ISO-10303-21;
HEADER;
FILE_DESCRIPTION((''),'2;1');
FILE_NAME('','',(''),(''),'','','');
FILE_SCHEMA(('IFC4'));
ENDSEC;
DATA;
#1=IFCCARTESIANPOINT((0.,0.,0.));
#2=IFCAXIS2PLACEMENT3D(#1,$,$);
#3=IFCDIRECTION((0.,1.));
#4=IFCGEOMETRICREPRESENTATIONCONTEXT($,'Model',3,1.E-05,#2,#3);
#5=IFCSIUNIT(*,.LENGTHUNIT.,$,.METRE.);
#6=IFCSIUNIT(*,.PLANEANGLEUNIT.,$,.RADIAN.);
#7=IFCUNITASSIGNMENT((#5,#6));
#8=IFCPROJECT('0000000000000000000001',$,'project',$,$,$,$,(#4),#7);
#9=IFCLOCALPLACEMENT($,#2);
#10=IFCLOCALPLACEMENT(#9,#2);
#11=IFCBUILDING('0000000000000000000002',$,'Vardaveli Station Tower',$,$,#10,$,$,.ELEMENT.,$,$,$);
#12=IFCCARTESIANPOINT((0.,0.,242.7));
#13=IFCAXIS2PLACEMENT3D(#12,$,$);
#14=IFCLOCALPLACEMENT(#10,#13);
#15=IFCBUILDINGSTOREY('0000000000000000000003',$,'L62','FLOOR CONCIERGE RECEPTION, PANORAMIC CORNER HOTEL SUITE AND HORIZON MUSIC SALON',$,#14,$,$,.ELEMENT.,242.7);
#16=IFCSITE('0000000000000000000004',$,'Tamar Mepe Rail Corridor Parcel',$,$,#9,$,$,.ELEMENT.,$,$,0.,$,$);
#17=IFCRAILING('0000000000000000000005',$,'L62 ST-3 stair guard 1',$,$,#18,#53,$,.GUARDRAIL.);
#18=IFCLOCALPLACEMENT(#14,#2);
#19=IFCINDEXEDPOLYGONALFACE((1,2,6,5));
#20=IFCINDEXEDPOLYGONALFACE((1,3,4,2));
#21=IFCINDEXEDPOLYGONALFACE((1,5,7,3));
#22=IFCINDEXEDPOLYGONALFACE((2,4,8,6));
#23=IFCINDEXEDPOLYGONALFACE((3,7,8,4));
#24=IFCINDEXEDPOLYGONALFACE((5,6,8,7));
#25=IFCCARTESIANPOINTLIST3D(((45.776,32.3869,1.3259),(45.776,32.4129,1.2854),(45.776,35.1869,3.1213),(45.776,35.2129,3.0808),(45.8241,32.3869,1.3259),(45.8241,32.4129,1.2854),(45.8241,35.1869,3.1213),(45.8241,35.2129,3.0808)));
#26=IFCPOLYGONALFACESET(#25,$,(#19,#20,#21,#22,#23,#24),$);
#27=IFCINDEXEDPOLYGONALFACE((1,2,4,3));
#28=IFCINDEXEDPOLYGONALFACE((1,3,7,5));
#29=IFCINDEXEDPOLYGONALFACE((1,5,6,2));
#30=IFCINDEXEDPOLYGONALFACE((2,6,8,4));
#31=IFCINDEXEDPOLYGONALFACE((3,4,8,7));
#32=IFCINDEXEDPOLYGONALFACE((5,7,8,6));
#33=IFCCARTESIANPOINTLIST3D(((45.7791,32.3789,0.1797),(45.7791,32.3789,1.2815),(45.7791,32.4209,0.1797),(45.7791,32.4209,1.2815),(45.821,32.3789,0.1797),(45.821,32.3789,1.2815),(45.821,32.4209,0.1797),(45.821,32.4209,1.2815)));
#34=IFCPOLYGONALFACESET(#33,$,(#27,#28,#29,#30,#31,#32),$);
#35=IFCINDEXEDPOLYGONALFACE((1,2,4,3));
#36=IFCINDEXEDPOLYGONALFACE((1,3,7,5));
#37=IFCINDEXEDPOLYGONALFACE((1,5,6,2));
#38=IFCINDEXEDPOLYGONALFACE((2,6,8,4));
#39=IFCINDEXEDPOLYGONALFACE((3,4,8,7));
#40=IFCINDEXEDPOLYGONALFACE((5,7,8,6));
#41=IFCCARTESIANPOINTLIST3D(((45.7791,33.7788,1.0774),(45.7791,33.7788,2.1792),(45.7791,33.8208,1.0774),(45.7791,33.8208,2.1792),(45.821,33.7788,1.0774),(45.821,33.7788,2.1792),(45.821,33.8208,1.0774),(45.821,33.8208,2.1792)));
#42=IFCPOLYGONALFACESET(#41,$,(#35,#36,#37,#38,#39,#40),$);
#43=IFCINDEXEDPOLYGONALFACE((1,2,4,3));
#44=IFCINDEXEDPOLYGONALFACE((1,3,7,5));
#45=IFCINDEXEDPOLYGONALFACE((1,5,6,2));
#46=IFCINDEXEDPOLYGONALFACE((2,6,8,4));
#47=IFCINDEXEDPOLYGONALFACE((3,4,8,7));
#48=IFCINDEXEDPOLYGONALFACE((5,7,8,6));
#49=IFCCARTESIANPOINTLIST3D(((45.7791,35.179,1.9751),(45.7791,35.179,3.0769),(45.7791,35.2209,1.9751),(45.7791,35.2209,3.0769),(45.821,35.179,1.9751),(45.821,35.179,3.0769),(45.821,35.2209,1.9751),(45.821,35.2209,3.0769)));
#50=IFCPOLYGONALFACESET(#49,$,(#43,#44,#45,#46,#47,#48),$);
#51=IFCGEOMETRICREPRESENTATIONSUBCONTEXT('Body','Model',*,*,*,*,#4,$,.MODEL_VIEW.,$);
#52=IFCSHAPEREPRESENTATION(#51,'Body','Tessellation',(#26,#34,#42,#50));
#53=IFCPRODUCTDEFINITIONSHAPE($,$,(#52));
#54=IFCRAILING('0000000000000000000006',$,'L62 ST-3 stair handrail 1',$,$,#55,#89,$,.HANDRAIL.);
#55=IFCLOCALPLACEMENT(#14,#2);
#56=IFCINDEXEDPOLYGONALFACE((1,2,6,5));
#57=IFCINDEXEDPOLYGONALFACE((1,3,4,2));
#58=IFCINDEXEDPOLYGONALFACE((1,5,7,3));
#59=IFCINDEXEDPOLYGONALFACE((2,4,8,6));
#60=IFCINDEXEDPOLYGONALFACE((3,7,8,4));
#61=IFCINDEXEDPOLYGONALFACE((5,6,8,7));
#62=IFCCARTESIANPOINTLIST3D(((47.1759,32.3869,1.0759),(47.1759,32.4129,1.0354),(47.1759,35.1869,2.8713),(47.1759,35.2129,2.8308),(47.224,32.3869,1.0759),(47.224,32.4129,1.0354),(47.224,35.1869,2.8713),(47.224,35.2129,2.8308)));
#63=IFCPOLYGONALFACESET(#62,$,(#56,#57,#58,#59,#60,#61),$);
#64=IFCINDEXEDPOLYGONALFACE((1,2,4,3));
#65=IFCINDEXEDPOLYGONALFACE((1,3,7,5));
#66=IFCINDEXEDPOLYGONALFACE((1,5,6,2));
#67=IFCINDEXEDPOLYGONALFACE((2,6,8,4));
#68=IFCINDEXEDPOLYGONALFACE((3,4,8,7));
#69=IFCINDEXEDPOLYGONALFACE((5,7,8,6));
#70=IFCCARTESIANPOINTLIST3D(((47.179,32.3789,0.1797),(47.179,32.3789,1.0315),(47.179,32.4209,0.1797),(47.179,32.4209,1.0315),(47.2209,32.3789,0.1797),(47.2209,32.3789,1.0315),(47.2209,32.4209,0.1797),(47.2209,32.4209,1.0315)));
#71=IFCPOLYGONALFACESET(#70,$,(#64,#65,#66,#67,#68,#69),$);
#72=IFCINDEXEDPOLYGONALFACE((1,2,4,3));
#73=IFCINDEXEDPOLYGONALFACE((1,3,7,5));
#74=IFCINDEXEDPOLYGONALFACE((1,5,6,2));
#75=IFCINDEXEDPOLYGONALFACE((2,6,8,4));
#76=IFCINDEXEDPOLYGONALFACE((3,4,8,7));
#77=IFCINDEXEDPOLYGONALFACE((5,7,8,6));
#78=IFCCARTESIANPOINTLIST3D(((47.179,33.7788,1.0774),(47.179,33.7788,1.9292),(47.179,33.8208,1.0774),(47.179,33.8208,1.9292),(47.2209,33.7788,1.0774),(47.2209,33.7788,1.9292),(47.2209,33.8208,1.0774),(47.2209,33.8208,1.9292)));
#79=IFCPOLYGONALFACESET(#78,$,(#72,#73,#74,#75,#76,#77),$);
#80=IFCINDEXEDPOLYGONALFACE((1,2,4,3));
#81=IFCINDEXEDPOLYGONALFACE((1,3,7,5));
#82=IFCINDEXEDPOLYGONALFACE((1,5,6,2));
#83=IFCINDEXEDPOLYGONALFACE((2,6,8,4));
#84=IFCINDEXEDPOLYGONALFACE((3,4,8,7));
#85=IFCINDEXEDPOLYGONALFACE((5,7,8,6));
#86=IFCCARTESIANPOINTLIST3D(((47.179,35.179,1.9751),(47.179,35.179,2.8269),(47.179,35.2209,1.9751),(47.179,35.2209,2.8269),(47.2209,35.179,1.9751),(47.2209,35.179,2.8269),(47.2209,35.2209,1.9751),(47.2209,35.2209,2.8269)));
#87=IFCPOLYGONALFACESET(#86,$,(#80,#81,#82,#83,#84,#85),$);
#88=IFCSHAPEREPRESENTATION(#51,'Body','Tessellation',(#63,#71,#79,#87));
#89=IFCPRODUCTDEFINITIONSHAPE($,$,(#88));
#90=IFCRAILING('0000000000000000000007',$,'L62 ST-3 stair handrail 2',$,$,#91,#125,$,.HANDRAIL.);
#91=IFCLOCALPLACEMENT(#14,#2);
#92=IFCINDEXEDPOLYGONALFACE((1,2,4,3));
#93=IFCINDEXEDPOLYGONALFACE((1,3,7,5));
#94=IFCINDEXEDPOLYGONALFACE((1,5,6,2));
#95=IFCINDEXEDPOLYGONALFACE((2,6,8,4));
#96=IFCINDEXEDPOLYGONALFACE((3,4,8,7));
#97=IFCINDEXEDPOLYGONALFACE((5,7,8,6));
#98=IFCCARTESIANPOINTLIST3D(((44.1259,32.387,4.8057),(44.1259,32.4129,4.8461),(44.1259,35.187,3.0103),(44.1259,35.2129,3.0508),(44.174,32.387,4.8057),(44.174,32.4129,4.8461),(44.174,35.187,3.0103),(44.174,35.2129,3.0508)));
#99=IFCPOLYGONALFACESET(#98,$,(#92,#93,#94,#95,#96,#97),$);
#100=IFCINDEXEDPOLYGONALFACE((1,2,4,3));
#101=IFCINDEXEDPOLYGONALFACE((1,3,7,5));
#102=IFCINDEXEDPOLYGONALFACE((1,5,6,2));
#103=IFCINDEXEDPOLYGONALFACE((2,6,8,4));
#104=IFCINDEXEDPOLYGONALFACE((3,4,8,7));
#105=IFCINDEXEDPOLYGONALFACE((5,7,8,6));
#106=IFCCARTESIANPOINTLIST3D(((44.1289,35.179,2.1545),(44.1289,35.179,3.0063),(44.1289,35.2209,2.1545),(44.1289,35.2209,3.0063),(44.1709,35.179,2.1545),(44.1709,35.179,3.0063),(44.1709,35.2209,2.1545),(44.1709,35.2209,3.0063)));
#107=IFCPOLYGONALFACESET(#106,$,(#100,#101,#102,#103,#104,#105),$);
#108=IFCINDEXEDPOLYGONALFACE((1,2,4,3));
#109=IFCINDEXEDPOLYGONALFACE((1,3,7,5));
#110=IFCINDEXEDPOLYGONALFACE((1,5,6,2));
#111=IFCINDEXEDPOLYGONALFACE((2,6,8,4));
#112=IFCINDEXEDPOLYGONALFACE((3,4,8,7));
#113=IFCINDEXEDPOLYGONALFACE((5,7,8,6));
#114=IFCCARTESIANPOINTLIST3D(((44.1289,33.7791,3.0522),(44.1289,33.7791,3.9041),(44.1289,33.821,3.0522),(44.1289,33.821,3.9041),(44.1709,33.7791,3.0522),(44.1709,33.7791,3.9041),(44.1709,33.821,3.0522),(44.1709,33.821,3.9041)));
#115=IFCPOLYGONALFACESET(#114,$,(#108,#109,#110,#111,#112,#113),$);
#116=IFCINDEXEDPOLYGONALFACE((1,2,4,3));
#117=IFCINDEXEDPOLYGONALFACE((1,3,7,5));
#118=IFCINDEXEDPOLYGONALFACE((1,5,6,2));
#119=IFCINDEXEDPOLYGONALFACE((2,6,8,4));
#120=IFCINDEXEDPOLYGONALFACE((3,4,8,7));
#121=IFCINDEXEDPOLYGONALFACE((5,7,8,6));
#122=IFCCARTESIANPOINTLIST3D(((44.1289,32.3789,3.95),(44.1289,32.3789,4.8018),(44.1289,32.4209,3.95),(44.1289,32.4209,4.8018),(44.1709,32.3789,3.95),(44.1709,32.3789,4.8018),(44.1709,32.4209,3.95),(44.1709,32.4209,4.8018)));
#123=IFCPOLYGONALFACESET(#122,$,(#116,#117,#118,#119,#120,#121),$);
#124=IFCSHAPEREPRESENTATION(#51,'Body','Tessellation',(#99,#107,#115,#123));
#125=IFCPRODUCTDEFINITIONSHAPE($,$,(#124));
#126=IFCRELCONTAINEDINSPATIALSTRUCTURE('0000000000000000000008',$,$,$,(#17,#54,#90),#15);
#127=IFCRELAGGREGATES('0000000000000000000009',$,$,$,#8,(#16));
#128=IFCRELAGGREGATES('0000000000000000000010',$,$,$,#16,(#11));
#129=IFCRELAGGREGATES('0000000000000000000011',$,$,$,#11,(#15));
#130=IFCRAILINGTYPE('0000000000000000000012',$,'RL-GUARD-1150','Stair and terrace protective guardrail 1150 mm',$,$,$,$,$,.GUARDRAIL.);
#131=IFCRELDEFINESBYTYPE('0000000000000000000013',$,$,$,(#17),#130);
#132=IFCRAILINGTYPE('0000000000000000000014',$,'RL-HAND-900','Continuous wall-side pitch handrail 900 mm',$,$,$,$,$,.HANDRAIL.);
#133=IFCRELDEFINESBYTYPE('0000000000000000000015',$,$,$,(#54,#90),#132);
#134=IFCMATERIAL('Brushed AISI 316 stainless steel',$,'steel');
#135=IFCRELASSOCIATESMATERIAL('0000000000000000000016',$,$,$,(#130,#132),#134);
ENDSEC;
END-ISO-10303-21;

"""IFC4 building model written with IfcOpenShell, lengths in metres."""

from ifc_helpers import new_model, si_unit, direction, frame, origin, origin_2d, place, context, subcontext, project, spatial, rectangle, extrude, source, transform, mapped, material, type_object, element, save


model = new_model("IFC4")

# Units and contexts
model_context = context("Model", 3, precision=1e-05, world=origin(), true_north=direction((0.0, 1.0)))
body_context = subcontext(model_context, "Body", "Model", "MODEL_VIEW")
ifc_project = project(units=[si_unit("LENGTHUNIT", "METRE"), si_unit("PLANEANGLEUNIT", "RADIAN")], contexts=[model_context])

# Site, building, storey
site_placement = place(None, origin())
site = spatial("IfcSite", under=ifc_project, at=site_placement, Name="Tamar Mepe Rail Corridor Parcel", CompositionType="ELEMENT", RefElevation=0.0)
building_placement = place(site_placement, origin())
building = spatial("IfcBuilding", under=site, at=building_placement, Name="Vardaveli Station Tower", CompositionType="ELEMENT")
storey_placement = place(building_placement, frame((0.0, 0.0, 242.7)))
storey = spatial("IfcBuildingStorey", under=building, at=storey_placement, Name="L62", Description="FLOOR CONCIERGE RECEPTION, PANORAMIC CORNER HOTEL SUITE AND HORIZON MUSIC SALON", CompositionType="ELEMENT", Elevation=242.7)

# Railings
ifc_material_1 = material(Name="Brushed AISI 316 stainless steel", Category="steel")
railing_type_1 = type_object("IfcRailingType", Name="RL-GUARD-1150", Description="Stair and terrace protective guardrail 1150 mm", PredefinedType="GUARDRAIL", material=ifc_material_1)
shared_shape_1 = source(origin(), body_context, "Body", "SweptSolid", [
    extrude(rectangle(XDim=0.0481, YDim=0.0481, at=origin_2d()), frame((0.0, 0.0, 1.126), z_axis=(0.0, 0.84181, 0.539774), x_axis=(-1.0, 0.0, 0.0)), (0.0, 0.0, 1.0), 3.3262),
    extrude(rectangle(XDim=0.042, YDim=0.042, at=origin_2d()), origin(), (0.0, 0.0, 1.0), 1.1018),
    extrude(rectangle(XDim=0.042, YDim=0.042, at=origin_2d()), frame((0.0, 1.3999, 0.8977)), (0.0, 0.0, 1.0), 1.1018),
    extrude(rectangle(XDim=0.042, YDim=0.042, at=origin_2d()), frame((0.0, 2.8, 1.7954)), (0.0, 0.0, 1.0), 1.1018),
])
railing_1_placement = place(storey_placement, frame((45.8, 32.3999, 0.1797)))
element("IfcRailing", 1, at=railing_1_placement, inside=storey, type_object=railing_type_1, Name="L62 ST-3 stair guard 1", PredefinedType="GUARDRAIL", context=body_context, shape_type="MappedRepresentation", body=[
    mapped(shared_shape_1, transform((0.0, 0.0, 0.0), scale=1.0)),
])
railing_type_2 = type_object("IfcRailingType", Name="RL-HAND-900", Description="Continuous wall-side pitch handrail 900 mm", PredefinedType="HANDRAIL", material=ifc_material_1)
shared_shape_2 = source(origin(), body_context, "Body", "SweptSolid", [
    extrude(rectangle(XDim=0.0481, YDim=0.0481, at=origin_2d()), frame((0.0, 0.0, 0.876), z_axis=(0.0, 0.84181, 0.539774), x_axis=(-1.0, 0.0, 0.0)), (0.0, 0.0, 1.0), 3.3262),
    extrude(rectangle(XDim=0.042, YDim=0.042, at=origin_2d()), origin(), (0.0, 0.0, 1.0), 0.8518),
    extrude(rectangle(XDim=0.042, YDim=0.042, at=origin_2d()), frame((0.0, 1.3999, 0.8977)), (0.0, 0.0, 1.0), 0.8518),
    extrude(rectangle(XDim=0.042, YDim=0.042, at=origin_2d()), frame((0.0, 2.8, 1.7954)), (0.0, 0.0, 1.0), 0.8518),
])
railing_2_placement = place(storey_placement, frame((47.2, 32.3999, 0.1797)))
element("IfcRailing", 2, at=railing_2_placement, inside=storey, type_object=railing_type_2, Name="L62 ST-3 stair handrail 1", PredefinedType="HANDRAIL", context=body_context, shape_type="MappedRepresentation", body=[
    mapped(shared_shape_2, transform((0.0, 0.0, 0.0), scale=1.0)),
])
shared_shape_3 = source(origin(), body_context, "Body", "SweptSolid", [
    extrude(rectangle(XDim=0.0481, YDim=0.0481, at=origin_2d()), frame((0.0, 0.0, 0.876), z_axis=(0.0, -0.84181, 0.539774), x_axis=(1.0, 0.0, 0.0)), (0.0, 0.0, 1.0), 3.3262),
    extrude(rectangle(XDim=0.042, YDim=0.042, at=origin_2d()), origin(), (0.0, 0.0, 1.0), 0.8518),
    extrude(rectangle(XDim=0.042, YDim=0.042, at=origin_2d()), frame((0.0, -1.3999, 0.8977)), (0.0, 0.0, 1.0), 0.8518),
    extrude(rectangle(XDim=0.042, YDim=0.042, at=origin_2d()), frame((0.0, -2.8, 1.7954)), (0.0, 0.0, 1.0), 0.8518),
])
railing_3_placement = place(storey_placement, frame((44.1499, 35.2, 2.1545)))
element("IfcRailing", 3, at=railing_3_placement, inside=storey, type_object=railing_type_2, Name="L62 ST-3 stair handrail 2", PredefinedType="HANDRAIL", context=body_context, shape_type="MappedRepresentation", body=[
    mapped(shared_shape_3, transform((0.0, 0.0, 0.0), scale=1.0)),
])

save(model, "model.ifc")
